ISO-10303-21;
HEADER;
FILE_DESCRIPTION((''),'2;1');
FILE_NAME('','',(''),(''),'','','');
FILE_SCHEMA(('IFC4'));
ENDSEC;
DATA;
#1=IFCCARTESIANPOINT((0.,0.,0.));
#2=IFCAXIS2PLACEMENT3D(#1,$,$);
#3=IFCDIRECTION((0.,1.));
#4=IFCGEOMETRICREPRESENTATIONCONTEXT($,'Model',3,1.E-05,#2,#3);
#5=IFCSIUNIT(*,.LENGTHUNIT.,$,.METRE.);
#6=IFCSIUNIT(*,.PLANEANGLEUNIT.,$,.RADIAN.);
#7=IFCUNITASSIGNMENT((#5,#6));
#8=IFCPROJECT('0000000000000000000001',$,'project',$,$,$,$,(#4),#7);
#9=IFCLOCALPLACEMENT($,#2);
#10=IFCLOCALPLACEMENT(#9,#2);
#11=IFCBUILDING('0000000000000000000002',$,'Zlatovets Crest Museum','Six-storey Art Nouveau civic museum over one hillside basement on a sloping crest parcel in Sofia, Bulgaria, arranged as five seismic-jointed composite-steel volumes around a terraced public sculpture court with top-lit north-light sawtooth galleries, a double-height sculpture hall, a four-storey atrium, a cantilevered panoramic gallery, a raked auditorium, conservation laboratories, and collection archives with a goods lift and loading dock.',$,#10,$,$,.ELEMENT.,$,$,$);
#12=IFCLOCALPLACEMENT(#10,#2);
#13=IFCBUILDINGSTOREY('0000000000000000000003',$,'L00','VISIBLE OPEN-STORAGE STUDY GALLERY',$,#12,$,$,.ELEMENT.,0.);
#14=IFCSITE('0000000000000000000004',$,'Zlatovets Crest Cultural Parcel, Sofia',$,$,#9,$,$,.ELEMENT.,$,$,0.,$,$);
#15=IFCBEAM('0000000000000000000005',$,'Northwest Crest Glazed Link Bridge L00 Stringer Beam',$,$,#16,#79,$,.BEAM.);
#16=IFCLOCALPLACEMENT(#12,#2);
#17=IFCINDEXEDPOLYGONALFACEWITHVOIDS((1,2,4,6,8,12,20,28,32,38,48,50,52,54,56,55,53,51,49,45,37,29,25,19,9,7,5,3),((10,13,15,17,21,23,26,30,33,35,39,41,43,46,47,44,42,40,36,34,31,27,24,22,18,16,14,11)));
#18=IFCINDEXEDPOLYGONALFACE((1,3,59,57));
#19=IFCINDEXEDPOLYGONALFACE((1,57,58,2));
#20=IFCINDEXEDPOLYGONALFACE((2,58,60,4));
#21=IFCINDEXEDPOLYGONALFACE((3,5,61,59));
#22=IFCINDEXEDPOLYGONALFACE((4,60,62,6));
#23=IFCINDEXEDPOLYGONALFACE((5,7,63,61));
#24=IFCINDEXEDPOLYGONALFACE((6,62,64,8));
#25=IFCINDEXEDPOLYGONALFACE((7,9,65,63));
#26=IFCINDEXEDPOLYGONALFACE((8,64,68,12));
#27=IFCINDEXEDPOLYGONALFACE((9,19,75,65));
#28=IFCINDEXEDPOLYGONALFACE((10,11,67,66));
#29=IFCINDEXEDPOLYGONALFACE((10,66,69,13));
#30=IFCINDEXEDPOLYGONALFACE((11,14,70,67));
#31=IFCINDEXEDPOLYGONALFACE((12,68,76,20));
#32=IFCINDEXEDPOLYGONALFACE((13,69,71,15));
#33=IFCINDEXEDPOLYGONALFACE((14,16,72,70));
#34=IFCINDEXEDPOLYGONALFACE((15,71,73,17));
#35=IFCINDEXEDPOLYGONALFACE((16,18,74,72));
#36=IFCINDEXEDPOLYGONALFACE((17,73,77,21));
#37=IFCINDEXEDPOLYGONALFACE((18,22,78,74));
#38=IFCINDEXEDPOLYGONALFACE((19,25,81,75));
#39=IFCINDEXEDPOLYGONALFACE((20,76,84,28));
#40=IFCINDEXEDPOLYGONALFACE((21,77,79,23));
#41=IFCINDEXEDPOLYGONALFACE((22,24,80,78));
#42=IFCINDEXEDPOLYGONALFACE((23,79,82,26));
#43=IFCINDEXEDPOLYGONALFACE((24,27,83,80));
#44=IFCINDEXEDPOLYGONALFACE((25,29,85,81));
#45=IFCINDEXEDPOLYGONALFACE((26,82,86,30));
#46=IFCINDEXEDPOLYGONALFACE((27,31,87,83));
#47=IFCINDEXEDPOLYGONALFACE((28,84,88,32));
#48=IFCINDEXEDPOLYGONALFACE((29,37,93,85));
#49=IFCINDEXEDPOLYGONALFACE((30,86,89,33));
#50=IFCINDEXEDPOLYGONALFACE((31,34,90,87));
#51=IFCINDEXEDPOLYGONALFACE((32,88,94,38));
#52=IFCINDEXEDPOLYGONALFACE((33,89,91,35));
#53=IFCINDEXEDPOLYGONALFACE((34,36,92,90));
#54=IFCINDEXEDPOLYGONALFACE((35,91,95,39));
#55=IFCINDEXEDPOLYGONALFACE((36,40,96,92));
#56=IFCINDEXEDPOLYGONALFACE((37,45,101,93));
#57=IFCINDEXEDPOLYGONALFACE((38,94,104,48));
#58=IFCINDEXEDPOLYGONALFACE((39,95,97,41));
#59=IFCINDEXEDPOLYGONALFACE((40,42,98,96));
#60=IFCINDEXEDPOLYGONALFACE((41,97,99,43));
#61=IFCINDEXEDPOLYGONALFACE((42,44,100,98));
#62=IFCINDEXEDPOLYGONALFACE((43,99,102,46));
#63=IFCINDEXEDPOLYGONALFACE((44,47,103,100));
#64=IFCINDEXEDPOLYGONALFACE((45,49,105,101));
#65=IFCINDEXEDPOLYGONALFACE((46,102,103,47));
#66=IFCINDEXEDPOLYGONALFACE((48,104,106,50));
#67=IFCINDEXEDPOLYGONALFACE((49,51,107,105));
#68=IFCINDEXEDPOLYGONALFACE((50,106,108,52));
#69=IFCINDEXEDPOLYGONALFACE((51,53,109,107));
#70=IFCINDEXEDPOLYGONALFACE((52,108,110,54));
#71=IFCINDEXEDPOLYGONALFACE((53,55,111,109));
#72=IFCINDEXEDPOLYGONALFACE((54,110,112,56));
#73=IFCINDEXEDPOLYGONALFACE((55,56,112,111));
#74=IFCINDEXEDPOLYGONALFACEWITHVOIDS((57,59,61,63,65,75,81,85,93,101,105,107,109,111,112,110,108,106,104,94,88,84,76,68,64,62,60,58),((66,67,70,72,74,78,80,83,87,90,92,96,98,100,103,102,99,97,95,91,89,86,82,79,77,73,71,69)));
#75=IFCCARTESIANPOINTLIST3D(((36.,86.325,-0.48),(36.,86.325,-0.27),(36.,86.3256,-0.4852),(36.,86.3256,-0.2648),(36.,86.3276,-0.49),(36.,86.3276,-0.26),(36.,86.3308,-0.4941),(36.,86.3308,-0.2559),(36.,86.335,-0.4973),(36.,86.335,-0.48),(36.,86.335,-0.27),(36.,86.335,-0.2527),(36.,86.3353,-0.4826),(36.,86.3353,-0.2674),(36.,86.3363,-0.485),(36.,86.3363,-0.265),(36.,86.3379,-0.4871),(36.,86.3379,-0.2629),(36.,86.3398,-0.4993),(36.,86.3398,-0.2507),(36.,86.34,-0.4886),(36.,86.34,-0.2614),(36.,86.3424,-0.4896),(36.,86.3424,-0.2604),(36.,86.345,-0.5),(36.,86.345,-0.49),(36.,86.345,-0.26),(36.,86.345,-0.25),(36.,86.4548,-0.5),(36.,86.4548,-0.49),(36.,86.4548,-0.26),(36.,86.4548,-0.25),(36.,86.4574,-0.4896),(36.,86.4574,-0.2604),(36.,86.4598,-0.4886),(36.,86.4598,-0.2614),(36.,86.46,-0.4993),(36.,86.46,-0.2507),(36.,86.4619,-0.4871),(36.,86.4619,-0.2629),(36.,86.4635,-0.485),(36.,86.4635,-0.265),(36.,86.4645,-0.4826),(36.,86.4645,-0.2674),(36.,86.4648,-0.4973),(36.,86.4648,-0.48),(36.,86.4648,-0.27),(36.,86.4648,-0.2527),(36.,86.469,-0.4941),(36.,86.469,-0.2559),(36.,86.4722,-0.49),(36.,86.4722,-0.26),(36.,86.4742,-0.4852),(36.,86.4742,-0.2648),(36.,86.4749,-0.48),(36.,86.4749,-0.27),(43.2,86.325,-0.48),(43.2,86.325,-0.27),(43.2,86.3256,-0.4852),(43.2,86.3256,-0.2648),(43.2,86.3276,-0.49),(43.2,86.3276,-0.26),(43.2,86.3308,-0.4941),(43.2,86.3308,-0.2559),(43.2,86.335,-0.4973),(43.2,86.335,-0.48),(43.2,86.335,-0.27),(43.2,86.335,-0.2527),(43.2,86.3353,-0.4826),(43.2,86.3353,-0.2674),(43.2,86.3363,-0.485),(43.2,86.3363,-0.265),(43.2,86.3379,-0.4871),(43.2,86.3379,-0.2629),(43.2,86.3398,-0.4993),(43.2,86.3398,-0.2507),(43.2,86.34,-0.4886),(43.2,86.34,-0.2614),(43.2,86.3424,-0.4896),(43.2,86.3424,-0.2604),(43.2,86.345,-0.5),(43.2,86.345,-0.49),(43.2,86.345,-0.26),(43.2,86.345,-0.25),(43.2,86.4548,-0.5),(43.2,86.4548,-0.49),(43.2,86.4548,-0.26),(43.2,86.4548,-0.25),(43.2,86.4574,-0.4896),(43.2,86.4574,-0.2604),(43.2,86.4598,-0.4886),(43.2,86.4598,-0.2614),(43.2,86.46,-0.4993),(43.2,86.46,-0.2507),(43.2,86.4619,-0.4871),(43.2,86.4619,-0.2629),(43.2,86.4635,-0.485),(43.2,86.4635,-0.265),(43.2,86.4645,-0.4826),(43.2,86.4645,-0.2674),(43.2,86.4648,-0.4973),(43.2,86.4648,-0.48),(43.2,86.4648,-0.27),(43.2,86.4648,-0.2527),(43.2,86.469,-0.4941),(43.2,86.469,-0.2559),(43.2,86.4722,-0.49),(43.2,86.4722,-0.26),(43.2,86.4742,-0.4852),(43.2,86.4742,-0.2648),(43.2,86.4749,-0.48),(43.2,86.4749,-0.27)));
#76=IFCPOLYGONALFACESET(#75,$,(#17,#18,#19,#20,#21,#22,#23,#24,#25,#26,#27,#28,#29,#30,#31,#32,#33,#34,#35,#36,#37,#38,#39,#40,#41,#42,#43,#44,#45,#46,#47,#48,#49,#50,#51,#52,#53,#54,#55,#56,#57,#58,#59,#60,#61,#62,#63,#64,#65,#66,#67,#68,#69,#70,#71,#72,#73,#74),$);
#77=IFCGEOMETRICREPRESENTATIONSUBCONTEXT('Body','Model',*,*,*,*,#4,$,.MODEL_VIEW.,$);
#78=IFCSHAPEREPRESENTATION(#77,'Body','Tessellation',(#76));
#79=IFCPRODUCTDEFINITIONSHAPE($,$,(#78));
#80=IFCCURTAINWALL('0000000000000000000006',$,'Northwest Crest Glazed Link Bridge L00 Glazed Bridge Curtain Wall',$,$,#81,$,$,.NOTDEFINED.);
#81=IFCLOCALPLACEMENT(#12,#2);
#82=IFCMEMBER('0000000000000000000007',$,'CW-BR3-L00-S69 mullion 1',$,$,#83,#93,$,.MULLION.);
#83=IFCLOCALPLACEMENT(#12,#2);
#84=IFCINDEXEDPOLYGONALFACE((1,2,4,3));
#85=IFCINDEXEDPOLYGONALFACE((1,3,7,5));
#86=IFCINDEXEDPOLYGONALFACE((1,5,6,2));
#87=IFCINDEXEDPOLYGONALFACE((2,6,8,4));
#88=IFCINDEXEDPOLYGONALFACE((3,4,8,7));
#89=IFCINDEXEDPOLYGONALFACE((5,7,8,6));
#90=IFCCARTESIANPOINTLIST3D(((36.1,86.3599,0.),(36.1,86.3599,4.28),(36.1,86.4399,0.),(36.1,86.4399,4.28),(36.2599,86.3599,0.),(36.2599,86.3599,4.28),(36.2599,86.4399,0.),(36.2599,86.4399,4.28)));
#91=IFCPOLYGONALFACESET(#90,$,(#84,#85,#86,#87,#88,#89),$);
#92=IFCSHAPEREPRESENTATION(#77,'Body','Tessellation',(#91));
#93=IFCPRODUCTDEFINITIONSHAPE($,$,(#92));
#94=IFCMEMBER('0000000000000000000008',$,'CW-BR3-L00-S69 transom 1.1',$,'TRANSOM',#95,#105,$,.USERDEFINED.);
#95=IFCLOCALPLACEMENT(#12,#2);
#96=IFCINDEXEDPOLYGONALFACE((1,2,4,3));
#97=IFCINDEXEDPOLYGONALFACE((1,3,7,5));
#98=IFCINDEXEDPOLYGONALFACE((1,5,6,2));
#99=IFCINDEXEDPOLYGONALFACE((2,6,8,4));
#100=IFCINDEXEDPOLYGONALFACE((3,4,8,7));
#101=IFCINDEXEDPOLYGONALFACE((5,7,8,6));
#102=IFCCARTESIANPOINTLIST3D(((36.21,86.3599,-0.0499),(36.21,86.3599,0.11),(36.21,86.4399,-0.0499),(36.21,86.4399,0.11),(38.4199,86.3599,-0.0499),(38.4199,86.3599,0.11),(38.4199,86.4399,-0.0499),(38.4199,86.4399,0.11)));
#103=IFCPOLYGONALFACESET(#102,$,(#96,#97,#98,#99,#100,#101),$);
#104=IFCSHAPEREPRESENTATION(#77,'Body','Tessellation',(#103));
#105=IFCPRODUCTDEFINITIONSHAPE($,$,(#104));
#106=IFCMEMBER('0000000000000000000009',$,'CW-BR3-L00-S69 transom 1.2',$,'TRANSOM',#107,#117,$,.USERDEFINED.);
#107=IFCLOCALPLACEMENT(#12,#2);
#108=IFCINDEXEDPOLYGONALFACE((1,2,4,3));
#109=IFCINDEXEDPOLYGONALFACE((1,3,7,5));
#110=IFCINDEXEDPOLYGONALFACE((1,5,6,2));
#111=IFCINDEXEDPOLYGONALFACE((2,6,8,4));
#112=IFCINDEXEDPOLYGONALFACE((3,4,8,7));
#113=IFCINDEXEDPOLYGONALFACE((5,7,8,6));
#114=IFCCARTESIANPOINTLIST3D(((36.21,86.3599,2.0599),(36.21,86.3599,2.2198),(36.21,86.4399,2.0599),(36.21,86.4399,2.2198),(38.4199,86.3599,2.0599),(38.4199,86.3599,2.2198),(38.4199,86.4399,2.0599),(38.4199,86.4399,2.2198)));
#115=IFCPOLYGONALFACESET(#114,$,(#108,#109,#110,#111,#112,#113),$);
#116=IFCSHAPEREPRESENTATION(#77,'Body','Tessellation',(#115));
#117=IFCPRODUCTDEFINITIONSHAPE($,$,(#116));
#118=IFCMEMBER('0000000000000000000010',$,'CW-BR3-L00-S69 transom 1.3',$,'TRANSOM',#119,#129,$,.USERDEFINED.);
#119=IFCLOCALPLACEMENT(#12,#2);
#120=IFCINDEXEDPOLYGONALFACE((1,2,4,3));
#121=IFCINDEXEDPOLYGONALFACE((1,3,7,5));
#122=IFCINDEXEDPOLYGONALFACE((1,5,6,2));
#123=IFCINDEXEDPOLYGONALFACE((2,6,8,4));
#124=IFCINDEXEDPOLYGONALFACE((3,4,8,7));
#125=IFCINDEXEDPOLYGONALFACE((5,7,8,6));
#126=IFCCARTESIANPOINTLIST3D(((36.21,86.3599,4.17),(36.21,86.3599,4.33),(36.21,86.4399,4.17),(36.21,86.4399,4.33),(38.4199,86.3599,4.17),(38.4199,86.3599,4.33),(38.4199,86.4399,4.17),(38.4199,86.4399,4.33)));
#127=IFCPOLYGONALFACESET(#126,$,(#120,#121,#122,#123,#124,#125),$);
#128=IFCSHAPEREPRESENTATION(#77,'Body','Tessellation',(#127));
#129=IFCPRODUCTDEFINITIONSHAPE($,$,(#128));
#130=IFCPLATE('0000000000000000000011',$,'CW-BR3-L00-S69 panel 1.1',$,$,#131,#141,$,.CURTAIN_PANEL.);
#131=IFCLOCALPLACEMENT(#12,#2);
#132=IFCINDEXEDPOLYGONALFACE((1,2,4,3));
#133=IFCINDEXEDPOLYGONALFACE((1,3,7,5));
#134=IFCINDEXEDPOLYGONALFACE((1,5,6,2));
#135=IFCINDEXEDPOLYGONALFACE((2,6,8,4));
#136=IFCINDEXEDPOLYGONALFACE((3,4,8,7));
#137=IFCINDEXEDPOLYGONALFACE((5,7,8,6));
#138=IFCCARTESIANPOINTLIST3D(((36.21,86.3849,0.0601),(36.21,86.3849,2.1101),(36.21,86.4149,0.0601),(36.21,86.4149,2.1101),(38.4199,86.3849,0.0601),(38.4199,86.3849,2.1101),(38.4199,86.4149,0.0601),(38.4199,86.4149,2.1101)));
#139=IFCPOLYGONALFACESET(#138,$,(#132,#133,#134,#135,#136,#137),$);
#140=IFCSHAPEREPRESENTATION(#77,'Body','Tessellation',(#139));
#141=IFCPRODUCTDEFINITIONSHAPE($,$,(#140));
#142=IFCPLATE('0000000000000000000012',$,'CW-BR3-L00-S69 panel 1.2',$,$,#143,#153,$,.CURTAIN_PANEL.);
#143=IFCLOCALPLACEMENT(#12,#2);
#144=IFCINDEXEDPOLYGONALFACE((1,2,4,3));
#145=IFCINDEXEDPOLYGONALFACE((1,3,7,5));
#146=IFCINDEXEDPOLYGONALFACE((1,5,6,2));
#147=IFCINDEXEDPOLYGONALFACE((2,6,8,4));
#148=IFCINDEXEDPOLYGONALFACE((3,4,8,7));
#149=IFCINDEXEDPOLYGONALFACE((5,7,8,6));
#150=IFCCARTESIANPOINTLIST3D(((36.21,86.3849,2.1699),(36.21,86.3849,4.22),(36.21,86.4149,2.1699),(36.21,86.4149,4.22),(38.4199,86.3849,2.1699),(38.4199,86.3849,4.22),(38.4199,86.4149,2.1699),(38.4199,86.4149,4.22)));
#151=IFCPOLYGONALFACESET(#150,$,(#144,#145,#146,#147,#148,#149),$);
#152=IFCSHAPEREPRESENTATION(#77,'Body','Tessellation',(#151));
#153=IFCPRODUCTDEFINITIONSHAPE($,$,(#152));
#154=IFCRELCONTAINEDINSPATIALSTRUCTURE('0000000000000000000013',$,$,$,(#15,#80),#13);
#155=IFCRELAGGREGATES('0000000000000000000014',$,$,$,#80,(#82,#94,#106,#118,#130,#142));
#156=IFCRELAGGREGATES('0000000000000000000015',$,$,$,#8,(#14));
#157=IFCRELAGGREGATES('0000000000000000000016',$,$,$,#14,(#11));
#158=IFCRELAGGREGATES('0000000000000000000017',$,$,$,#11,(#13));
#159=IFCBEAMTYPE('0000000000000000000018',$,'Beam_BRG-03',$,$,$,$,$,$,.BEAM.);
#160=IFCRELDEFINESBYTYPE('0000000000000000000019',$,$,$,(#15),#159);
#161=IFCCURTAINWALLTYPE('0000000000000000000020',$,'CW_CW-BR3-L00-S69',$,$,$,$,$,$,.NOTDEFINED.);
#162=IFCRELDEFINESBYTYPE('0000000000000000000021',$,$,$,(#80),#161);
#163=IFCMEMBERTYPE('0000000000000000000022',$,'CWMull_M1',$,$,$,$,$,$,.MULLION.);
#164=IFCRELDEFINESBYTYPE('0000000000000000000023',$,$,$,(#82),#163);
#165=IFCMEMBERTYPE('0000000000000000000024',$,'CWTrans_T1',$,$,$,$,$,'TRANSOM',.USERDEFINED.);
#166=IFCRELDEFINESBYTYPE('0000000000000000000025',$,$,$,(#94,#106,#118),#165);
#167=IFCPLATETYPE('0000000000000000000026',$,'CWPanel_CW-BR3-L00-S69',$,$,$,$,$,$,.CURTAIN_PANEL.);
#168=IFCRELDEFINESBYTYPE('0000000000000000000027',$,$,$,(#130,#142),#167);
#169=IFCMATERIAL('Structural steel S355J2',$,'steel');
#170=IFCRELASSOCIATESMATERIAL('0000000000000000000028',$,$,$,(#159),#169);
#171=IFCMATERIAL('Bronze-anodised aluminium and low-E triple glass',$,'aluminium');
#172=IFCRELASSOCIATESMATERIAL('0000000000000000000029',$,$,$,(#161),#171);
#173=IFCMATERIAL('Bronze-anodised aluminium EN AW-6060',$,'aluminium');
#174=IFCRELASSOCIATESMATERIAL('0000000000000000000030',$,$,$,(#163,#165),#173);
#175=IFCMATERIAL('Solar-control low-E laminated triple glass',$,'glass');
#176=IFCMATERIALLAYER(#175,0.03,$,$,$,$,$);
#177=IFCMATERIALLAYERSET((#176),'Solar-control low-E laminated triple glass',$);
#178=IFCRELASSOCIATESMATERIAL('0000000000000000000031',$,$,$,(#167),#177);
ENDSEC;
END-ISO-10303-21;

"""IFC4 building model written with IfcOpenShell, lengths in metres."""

from ifc_helpers import new_model, si_unit, direction, frame, origin, origin_2d, place, context, subcontext, project, spatial, rectangle, hollow_rectangle, extrude, material, layer, layer_set, material_profile, profile_set, type_object, element, aggregate, save


model = new_model("IFC4")

# Units and contexts
model_context = context("Model", 3, precision=1e-05, world=origin(), true_north=direction((0.0, 1.0)))
body_context = subcontext(model_context, "Body", "Model", "MODEL_VIEW")
ifc_project = project(units=[si_unit("LENGTHUNIT", "METRE"), si_unit("PLANEANGLEUNIT", "RADIAN")], contexts=[model_context])

# Site, building, storey
site_placement = place(None, origin())
site = spatial("IfcSite", under=ifc_project, at=site_placement, Name="Zlatovets Crest Cultural Parcel, Sofia", CompositionType="ELEMENT", RefElevation=0.0)
building_placement = place(site_placement, origin())
building = spatial("IfcBuilding", under=site, at=building_placement, Name="Zlatovets Crest Museum", Description="Six-storey Art Nouveau civic museum over one hillside basement on a sloping crest parcel in Sofia, Bulgaria, arranged as five seismic-jointed composite-steel volumes around a terraced public sculpture court with top-lit north-light sawtooth galleries, a double-height sculpture hall, a four-storey atrium, a cantilevered panoramic gallery, a raked auditorium, conservation laboratories, and collection archives with a goods lift and loading dock.", CompositionType="ELEMENT")
storey_placement = place(building_placement, origin())
storey = spatial("IfcBuildingStorey", under=building, at=storey_placement, Name="L00", Description="VISIBLE OPEN-STORAGE STUDY GALLERY", CompositionType="ELEMENT", Elevation=0.0)

# Shared definitions
ifc_material_1 = material(Name="Structural steel S355J2", Category="steel")

# Beam
ifc_material_profile_1 = material_profile(ifc_material_1, hollow_rectangle(XDim=0.1499, YDim=0.25, WallThickness=0.01, InnerFilletRadius=0.01, OuterFilletRadius=0.02, at=origin_2d()), Name="RHS 150x250x10.0")
ifc_profile_set_1 = profile_set([ifc_material_profile_1], Name="Structural steel S355J2")
beam_type_1 = type_object("IfcBeamType", Name="Beam_BRG-03", PredefinedType="BEAM", material=ifc_profile_set_1)
beam_1_placement = place(storey_placement, frame((36.0, 86.3999, -0.375), z_axis=(1.0, 0.0, 0.0), x_axis=(0.0, 1.0, 0.0)))
element("IfcBeam", 1, at=beam_1_placement, inside=storey, type_object=beam_type_1, Name="Northwest Crest Glazed Link Bridge L00 Stringer Beam", PredefinedType="BEAM", context=body_context, shape_type="SweptSolid", body=[
    extrude(hollow_rectangle(XDim=0.1499, YDim=0.25, WallThickness=0.01, InnerFilletRadius=0.01, OuterFilletRadius=0.02, at=origin_2d()), origin(), (0.0, 0.0, 1.0), 7.2),
])

# Curtain wall, members, plates
ifc_material_2 = material(Name="Bronze-anodised aluminium and low-E triple glass", Category="aluminium")
curtain_wall_type = type_object("IfcCurtainWallType", Name="CW_CW-BR3-L00-S69", PredefinedType="NOTDEFINED", material=ifc_material_2)
curtain_wall_placement = place(storey_placement, origin())
curtain_wall = element("IfcCurtainWall", 2, at=curtain_wall_placement, inside=storey, type_object=curtain_wall_type, Name="Northwest Crest Glazed Link Bridge L00 Glazed Bridge Curtain Wall", PredefinedType="NOTDEFINED")
ifc_material_3 = material(Name="Bronze-anodised aluminium EN AW-6060", Category="aluminium")
ifc_material_profile_2 = material_profile(ifc_material_3, rectangle(XDim=0.0801, YDim=0.1599, at=origin_2d()), Name="ALU 80x160")
ifc_profile_set_2 = profile_set([ifc_material_profile_2], Name="Bronze-anodised aluminium EN AW-6060")
member_type_1 = type_object("IfcMemberType", Name="CWMull_M1", PredefinedType="MULLION", material=ifc_profile_set_2)
member_1_placement = place(storey_placement, frame((36.1799, 86.3999, 0.0), z_axis=(0.0, 0.0, 1.0), x_axis=(0.0, 1.0, 0.0)))
member_1 = element("IfcMember", 3, at=member_1_placement, type_object=member_type_1, Name="CW-BR3-L00-S69 mullion 1", PredefinedType="MULLION", context=body_context, shape_type="SweptSolid", body=[
    extrude(rectangle(XDim=0.0801, YDim=0.1599, at=origin_2d()), origin(), (0.0, 0.0, 1.0), 4.28),
])
ifc_material_profile_3 = material_profile(ifc_material_3, rectangle(XDim=0.0801, YDim=0.1599, at=origin_2d()), Name="ALU 80x160")
ifc_profile_set_3 = profile_set([ifc_material_profile_3], Name="Bronze-anodised aluminium EN AW-6060")
member_type_2 = type_object("IfcMemberType", Name="CWTrans_T1", ElementType="TRANSOM", PredefinedType="USERDEFINED", material=ifc_profile_set_3)
member_2_placement = place(storey_placement, frame((36.21, 86.3999, 0.03), z_axis=(1.0, 0.0, 0.0), x_axis=(0.0, 1.0, 0.0)))
member_2 = element("IfcMember", 4, at=member_2_placement, type_object=member_type_2, Name="CW-BR3-L00-S69 transom 1.1", ObjectType="TRANSOM", PredefinedType="USERDEFINED", context=body_context, shape_type="SweptSolid", body=[
    extrude(rectangle(XDim=0.0801, YDim=0.1599, at=origin_2d()), origin(), (0.0, 0.0, 1.0), 2.21),
])
member_3_placement = place(storey_placement, frame((36.21, 86.3999, 2.1399), z_axis=(1.0, 0.0, 0.0), x_axis=(0.0, 1.0, 0.0)))
member_3 = element("IfcMember", 5, at=member_3_placement, type_object=member_type_2, Name="CW-BR3-L00-S69 transom 1.2", ObjectType="TRANSOM", PredefinedType="USERDEFINED", context=body_context, shape_type="SweptSolid", body=[
    extrude(rectangle(XDim=0.0801, YDim=0.1599, at=origin_2d()), origin(), (0.0, 0.0, 1.0), 2.21),
])
member_4_placement = place(storey_placement, frame((36.21, 86.3999, 4.25), z_axis=(1.0, 0.0, 0.0), x_axis=(0.0, 1.0, 0.0)))
member_4 = element("IfcMember", 6, at=member_4_placement, type_object=member_type_2, Name="CW-BR3-L00-S69 transom 1.3", ObjectType="TRANSOM", PredefinedType="USERDEFINED", context=body_context, shape_type="SweptSolid", body=[
    extrude(rectangle(XDim=0.0801, YDim=0.1599, at=origin_2d()), origin(), (0.0, 0.0, 1.0), 2.21),
])
ifc_material_4 = material(Name="Solar-control low-E laminated triple glass", Category="glass")
ifc_layer_1 = layer(ifc_material_4, 0.03)
ifc_layer_set_1 = layer_set([ifc_layer_1], Name="Solar-control low-E laminated triple glass")
plate_type = type_object("IfcPlateType", Name="CWPanel_CW-BR3-L00-S69", PredefinedType="CURTAIN_PANEL", material=ifc_layer_set_1)
plate_1_placement = place(storey_placement, frame((37.3149, 86.3999, 0.0601), z_axis=(0.0, 0.0, 1.0), x_axis=(1.0, 0.0, 0.0)))
plate_1 = element("IfcPlate", 7, at=plate_1_placement, type_object=plate_type, Name="CW-BR3-L00-S69 panel 1.1", PredefinedType="CURTAIN_PANEL", context=body_context, shape_type="SweptSolid", body=[
    extrude(rectangle(XDim=2.21, YDim=0.03, at=origin_2d()), origin(), (0.0, 0.0, 1.0), 2.05),
])
plate_2_placement = place(storey_placement, frame((37.3149, 86.3999, 2.1699), z_axis=(0.0, 0.0, 1.0), x_axis=(1.0, 0.0, 0.0)))
plate_2 = element("IfcPlate", 8, at=plate_2_placement, type_object=plate_type, Name="CW-BR3-L00-S69 panel 1.2", PredefinedType="CURTAIN_PANEL", context=body_context, shape_type="SweptSolid", body=[
    extrude(rectangle(XDim=2.21, YDim=0.03, at=origin_2d()), origin(), (0.0, 0.0, 1.0), 2.05),
])
aggregate(curtain_wall, [member_1, member_2, member_3, member_4, plate_1, plate_2])

save(model, "model.ifc")
